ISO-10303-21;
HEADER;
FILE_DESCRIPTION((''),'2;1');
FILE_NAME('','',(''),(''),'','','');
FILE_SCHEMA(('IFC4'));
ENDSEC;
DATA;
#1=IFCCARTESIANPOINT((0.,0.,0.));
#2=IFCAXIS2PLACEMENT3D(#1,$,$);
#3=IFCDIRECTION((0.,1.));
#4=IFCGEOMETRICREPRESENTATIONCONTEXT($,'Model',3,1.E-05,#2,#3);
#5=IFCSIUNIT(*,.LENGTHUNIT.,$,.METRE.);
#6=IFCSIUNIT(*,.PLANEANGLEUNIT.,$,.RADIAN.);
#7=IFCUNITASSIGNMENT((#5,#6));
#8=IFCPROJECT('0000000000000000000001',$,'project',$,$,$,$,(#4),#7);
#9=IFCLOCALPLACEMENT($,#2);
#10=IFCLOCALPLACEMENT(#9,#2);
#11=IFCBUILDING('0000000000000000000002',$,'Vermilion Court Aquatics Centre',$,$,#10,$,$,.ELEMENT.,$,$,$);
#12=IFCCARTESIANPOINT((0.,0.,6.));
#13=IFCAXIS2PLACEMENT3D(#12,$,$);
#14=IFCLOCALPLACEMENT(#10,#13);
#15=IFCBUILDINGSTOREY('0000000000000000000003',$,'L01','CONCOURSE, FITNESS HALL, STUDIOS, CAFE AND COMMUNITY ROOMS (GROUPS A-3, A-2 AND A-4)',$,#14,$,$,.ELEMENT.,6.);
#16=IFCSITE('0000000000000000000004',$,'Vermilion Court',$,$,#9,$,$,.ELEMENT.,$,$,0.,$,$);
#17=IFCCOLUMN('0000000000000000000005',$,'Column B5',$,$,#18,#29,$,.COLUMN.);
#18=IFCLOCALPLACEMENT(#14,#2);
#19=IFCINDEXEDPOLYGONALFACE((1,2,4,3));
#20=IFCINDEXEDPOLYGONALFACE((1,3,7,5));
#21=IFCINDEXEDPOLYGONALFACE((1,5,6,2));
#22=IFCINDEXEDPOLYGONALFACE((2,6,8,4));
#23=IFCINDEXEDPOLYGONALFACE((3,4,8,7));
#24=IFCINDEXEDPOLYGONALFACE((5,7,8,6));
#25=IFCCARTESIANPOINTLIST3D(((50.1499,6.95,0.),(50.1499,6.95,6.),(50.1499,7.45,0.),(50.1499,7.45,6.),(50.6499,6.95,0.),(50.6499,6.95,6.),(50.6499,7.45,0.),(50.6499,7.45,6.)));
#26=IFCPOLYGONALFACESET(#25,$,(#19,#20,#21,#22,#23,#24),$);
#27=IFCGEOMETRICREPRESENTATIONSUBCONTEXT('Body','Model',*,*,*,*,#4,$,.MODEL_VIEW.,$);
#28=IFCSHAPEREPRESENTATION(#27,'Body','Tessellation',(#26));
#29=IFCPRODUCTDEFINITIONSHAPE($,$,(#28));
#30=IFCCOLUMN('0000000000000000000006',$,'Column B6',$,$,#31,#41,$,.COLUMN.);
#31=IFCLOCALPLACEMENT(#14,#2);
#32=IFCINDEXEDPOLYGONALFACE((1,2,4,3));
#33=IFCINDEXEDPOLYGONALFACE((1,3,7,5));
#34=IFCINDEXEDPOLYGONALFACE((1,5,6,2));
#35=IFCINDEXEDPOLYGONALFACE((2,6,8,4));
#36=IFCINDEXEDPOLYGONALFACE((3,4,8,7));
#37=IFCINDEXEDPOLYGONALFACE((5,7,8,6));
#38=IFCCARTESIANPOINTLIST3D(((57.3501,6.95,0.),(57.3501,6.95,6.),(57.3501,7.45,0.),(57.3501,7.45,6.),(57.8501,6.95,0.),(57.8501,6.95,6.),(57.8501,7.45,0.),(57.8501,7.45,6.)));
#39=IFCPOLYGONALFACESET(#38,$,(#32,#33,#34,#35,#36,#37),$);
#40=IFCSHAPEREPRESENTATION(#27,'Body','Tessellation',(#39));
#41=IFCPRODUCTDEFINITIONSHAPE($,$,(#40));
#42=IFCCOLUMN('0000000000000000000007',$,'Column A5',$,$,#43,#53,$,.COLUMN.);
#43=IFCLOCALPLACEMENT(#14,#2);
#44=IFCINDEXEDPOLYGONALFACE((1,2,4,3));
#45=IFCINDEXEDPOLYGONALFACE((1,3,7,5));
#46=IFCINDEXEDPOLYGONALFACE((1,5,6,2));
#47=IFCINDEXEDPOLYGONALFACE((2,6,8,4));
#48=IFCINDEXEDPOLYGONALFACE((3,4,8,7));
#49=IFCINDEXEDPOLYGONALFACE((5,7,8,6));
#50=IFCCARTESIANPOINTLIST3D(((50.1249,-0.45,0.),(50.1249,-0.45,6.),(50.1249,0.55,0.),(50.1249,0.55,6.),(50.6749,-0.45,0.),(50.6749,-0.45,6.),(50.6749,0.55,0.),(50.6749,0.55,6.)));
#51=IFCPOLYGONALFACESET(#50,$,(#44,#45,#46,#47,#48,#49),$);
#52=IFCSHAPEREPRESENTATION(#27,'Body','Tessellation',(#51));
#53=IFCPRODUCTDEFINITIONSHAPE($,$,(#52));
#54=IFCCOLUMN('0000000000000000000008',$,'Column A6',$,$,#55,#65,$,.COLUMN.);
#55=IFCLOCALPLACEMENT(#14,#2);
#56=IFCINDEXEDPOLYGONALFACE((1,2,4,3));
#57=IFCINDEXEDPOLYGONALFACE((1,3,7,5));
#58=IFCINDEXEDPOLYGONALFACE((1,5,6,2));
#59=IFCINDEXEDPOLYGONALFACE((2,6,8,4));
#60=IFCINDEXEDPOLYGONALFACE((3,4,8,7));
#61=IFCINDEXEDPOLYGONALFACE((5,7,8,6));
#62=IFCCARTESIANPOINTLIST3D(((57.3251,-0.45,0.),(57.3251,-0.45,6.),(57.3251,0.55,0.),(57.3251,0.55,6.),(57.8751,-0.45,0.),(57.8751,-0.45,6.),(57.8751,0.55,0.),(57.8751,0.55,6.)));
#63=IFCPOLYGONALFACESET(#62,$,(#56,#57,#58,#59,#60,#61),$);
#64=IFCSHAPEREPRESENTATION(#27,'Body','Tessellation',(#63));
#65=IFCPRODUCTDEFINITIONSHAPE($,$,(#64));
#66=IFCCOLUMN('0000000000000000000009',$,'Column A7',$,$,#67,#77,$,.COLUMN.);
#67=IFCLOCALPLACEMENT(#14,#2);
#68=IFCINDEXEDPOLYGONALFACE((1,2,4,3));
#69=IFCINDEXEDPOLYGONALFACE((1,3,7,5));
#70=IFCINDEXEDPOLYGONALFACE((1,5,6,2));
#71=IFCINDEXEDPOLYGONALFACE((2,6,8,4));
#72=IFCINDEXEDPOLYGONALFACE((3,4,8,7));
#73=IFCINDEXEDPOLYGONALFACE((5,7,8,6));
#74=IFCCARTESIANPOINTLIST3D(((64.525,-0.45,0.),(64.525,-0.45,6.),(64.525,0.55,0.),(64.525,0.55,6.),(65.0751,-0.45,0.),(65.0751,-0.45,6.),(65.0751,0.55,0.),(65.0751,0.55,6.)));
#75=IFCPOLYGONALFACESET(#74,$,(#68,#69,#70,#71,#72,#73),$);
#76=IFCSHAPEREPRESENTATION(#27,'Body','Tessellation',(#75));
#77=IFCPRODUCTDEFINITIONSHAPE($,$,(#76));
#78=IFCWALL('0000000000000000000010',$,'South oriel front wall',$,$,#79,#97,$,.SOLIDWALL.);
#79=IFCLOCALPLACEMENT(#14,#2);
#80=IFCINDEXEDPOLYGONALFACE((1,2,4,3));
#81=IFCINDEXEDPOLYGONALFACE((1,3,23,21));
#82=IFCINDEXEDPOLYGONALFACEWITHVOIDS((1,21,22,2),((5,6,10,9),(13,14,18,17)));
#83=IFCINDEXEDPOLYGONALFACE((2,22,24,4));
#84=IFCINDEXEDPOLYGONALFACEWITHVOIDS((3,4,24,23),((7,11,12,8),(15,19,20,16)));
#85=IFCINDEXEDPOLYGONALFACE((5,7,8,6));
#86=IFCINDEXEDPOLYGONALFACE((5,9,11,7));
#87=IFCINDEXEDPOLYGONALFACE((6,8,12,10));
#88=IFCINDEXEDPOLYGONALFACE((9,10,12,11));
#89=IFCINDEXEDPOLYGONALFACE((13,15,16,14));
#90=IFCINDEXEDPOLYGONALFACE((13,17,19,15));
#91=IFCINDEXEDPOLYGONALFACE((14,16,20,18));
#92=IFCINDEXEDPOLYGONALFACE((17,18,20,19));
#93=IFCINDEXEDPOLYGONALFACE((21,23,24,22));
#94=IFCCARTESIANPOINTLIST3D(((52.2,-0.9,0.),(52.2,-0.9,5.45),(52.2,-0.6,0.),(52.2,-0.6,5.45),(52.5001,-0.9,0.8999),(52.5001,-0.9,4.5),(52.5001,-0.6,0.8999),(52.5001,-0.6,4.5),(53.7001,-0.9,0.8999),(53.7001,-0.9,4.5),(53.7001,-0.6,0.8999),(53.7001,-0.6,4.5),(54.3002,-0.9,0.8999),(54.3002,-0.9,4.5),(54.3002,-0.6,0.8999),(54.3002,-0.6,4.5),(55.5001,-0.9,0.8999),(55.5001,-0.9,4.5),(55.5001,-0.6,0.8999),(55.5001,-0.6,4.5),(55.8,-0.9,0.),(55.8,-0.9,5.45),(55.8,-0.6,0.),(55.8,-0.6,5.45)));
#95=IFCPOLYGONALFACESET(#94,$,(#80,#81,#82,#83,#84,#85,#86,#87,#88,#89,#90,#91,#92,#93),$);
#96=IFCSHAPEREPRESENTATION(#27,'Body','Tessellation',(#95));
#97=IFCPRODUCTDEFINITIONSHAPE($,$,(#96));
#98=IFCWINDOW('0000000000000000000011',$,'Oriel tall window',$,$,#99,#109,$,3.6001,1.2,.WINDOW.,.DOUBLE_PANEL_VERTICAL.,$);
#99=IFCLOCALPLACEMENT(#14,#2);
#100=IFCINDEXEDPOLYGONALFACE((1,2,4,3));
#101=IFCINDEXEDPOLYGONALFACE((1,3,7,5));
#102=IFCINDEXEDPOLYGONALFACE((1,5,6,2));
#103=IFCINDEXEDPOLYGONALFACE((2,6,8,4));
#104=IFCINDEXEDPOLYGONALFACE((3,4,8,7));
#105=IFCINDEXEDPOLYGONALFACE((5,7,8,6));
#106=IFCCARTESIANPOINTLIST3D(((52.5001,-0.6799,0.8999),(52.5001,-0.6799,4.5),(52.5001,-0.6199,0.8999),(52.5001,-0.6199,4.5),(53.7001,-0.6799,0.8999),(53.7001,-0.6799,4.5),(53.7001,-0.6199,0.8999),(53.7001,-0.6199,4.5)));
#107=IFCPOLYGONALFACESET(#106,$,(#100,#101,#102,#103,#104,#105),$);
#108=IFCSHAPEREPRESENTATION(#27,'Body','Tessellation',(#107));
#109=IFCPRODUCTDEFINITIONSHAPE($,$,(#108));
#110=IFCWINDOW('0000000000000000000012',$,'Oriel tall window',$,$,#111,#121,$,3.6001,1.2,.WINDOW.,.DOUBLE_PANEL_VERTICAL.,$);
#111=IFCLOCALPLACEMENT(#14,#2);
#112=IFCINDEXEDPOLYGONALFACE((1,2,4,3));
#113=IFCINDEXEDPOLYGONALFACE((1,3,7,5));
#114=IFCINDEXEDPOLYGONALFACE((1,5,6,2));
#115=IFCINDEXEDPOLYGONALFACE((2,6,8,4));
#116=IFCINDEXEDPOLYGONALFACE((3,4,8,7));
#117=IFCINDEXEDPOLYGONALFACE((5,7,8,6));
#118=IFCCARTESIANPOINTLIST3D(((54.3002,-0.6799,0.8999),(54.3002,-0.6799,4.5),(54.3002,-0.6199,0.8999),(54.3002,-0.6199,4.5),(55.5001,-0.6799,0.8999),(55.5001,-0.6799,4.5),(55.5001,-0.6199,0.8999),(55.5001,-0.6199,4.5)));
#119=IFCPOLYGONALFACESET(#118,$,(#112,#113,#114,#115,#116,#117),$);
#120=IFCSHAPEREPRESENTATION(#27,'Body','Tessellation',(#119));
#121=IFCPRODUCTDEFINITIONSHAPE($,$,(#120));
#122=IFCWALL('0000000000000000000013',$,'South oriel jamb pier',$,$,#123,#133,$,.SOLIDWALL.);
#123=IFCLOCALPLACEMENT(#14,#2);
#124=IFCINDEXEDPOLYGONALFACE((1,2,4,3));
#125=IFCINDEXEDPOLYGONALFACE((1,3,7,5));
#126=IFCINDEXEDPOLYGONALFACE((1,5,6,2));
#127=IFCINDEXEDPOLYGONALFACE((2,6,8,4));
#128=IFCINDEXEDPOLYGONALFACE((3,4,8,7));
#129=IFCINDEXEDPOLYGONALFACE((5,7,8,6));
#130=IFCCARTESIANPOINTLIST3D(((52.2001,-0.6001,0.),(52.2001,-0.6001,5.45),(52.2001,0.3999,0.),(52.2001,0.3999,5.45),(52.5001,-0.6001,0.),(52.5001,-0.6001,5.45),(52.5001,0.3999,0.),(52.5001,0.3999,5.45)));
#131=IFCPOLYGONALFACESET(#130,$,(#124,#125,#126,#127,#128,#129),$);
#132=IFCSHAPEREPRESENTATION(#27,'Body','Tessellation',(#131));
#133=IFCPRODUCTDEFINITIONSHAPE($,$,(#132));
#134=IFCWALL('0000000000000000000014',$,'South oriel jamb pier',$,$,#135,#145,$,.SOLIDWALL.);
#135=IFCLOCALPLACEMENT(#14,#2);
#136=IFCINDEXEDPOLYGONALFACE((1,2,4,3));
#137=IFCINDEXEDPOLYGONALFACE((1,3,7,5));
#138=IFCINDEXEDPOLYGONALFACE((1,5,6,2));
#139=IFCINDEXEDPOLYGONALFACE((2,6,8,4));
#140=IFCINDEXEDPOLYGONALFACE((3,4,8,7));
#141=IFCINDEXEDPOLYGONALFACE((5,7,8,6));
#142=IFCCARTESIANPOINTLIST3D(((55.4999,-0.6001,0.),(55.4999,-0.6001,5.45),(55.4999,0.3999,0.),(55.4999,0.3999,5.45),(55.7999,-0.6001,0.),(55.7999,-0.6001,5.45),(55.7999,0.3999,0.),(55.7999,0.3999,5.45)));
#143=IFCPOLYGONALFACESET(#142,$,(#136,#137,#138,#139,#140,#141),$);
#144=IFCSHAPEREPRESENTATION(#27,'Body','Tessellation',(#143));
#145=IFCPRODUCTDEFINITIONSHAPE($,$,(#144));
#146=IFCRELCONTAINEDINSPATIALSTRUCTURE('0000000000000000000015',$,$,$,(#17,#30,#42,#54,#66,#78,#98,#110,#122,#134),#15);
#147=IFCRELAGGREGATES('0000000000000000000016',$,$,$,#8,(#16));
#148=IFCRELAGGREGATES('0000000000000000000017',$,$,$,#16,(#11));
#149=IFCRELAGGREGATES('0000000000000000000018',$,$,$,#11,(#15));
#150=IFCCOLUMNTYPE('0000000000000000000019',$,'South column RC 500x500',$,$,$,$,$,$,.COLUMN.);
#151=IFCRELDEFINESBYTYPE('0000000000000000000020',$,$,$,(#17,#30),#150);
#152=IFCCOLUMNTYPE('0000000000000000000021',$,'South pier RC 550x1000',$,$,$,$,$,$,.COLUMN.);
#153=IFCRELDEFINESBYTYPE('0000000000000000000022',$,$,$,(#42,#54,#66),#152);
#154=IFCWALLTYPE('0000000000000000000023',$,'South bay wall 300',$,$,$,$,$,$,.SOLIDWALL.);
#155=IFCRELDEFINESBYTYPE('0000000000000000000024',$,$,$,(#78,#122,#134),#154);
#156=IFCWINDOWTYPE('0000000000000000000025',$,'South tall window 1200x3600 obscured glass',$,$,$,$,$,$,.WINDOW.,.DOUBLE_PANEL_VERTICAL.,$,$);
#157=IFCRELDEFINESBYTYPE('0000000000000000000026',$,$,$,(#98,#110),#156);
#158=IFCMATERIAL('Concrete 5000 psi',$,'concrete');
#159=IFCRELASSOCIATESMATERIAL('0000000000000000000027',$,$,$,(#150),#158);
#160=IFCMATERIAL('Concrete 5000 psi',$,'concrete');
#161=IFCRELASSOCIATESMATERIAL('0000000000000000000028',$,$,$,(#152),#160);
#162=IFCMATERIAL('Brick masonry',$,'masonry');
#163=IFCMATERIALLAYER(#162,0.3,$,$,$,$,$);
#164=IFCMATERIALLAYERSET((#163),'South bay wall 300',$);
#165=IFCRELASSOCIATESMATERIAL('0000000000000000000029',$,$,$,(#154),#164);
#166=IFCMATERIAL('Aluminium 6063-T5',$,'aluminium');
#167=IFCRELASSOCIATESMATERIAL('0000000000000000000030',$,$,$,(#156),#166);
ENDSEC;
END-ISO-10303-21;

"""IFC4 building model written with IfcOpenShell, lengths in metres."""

from ifc_helpers import new_model, si_unit, direction, frame, frame_2d, origin, origin_2d, place, context, subcontext, project, spatial, rectangle, extrude, material, layer, layer_set, material_profile, profile_set, type_object, element, fill, save


model = new_model("IFC4")

# Units and contexts
model_context = context("Model", 3, precision=1e-05, world=origin(), true_north=direction((0.0, 1.0)))
body_context = subcontext(model_context, "Body", "Model", "MODEL_VIEW")
ifc_project = project(units=[si_unit("LENGTHUNIT", "METRE"), si_unit("PLANEANGLEUNIT", "RADIAN")], contexts=[model_context])

# Site, building, storey
site_placement = place(None, origin())
site = spatial("IfcSite", under=ifc_project, at=site_placement, Name="Vermilion Court", CompositionType="ELEMENT", RefElevation=0.0)
building_placement = place(site_placement, origin())
building = spatial("IfcBuilding", under=site, at=building_placement, Name="Vermilion Court Aquatics Centre", CompositionType="ELEMENT")
storey_placement = place(building_placement, frame((0.0, 0.0, 6.0)))
storey = spatial("IfcBuildingStorey", under=building, at=storey_placement, Name="L01", Description="CONCOURSE, FITNESS HALL, STUDIOS, CAFE AND COMMUNITY ROOMS (GROUPS A-3, A-2 AND A-4)", CompositionType="ELEMENT", Elevation=6.0)

# Columns
ifc_material_1 = material(Name="Concrete 5000 psi", Category="concrete")
ifc_material_profile_1 = material_profile(ifc_material_1, rectangle(XDim=0.5, YDim=0.5, at=origin_2d()), Name="RC 500x500")
ifc_profile_set_1 = profile_set([ifc_material_profile_1], Name="Concrete 5000 psi")
column_type_1 = type_object("IfcColumnType", Name="South column RC 500x500", PredefinedType="COLUMN", material=ifc_profile_set_1)
for number, where, z_axis, x_axis, name in (
    (1, (50.3999, 7.2, 0.0), (0.0, 0.0, 1.0), (1.0, 0.0, 0.0), "Column B5"),
    (2, (57.6001, 7.2, 0.0), (0.0, 0.0, 1.0), (1.0, 0.0, 0.0), "Column B6"),
):
    element("IfcColumn", number, at=place(storey_placement, frame(where, z_axis=z_axis, x_axis=x_axis)), inside=storey, type_object=column_type_1, Name=name, PredefinedType="COLUMN", context=body_context, shape_type="SweptSolid", body=[
        extrude(rectangle(XDim=0.5, YDim=0.5, at=origin_2d()), origin(), (0.0, 0.0, 1.0), 6.0),
    ])
ifc_material_2 = material(Name="Concrete 5000 psi", Category="concrete")
ifc_material_profile_2 = material_profile(ifc_material_2, rectangle(XDim=0.55, YDim=1.0, at=origin_2d()), Name="RC 550x1000")
ifc_profile_set_2 = profile_set([ifc_material_profile_2], Name="Concrete 5000 psi")
column_type_2 = type_object("IfcColumnType", Name="South pier RC 550x1000", PredefinedType="COLUMN", material=ifc_profile_set_2)
for number, where, z_axis, x_axis, name in (
    (3, (50.3999, 0.05, 0.0), (0.0, 0.0, 1.0), (1.0, 0.0, 0.0), "Column A5"),
    (4, (57.6001, 0.05, 0.0), (0.0, 0.0, 1.0), (1.0, 0.0, 0.0), "Column A6"),
    (5, (64.8, 0.05, 0.0), (0.0, 0.0, 1.0), (1.0, 0.0, 0.0), "Column A7"),
):
    element("IfcColumn", number, at=place(storey_placement, frame(where, z_axis=z_axis, x_axis=x_axis)), inside=storey, type_object=column_type_2, Name=name, PredefinedType="COLUMN", context=body_context, shape_type="SweptSolid", body=[
        extrude(rectangle(XDim=0.55, YDim=1.0, at=origin_2d()), origin(), (0.0, 0.0, 1.0), 6.0),
    ])

# Wall, openings, windows
ifc_material_3 = material(Name="Brick masonry", Category="masonry")
ifc_layer_1 = layer(ifc_material_3, 0.3)
ifc_layer_set_1 = layer_set([ifc_layer_1], Name="South bay wall 300")
wall_type_1 = type_object("IfcWallType", Name="South bay wall 300", PredefinedType="SOLIDWALL", material=ifc_layer_set_1)
wall_1_placement = place(storey_placement, frame((52.2, -0.75, 0.0), z_axis=(0.0, 0.0, 1.0), x_axis=(1.0, 0.0, 0.0)))
wall_1 = element("IfcWall", 6, at=wall_1_placement, inside=storey, type_object=wall_type_1, Name="South oriel front wall", PredefinedType="SOLIDWALL", context=body_context, shape_type="SweptSolid", body=[
    extrude(rectangle(XDim=3.6001, YDim=0.3, at=frame_2d((1.8, 0.0))), origin(), (0.0, 0.0, 1.0), 5.45),
])
opening_1_placement = place(wall_1_placement, frame((0.3, 0.0, 0.8999)))
opening_1 = element("IfcOpeningElement", 7, at=opening_1_placement, cuts=wall_1, PredefinedType="OPENING", context=body_context, shape_type="SweptSolid", body=[
    extrude(rectangle(XDim=1.2, YDim=3.6001, at=frame_2d((0.6001, 1.8))), frame((0.0, 0.1599, 0.0), z_axis=(0.0, -1.0, 0.0), x_axis=(1.0, 0.0, 0.0)), (0.0, 0.0, 1.0), 0.3201),
])
opening_2_placement = place(wall_1_placement, frame((2.1001, 0.0, 0.8999)))
opening_2 = element("IfcOpeningElement", 8, at=opening_2_placement, cuts=wall_1, PredefinedType="OPENING", context=body_context, shape_type="SweptSolid", body=[
    extrude(rectangle(XDim=1.2, YDim=3.6001, at=frame_2d((0.6001, 1.8))), frame((0.0, 0.1599, 0.0), z_axis=(0.0, -1.0, 0.0), x_axis=(1.0, 0.0, 0.0)), (0.0, 0.0, 1.0), 0.3201),
])
ifc_material_4 = material(Name="Aluminium 6063-T5", Category="aluminium")
window_type = type_object("IfcWindowType", Name="South tall window 1200x3600 obscured glass", PartitioningType="DOUBLE_PANEL_VERTICAL", PredefinedType="WINDOW", material=ifc_material_4)
window_1_placement = place(opening_1_placement, origin())
window_1 = element("IfcWindow", 9, at=window_1_placement, inside=storey, type_object=window_type, Name="Oriel tall window", OverallHeight=3.6001, OverallWidth=1.2, PartitioningType="DOUBLE_PANEL_VERTICAL", PredefinedType="WINDOW", context=body_context, shape_type="SweptSolid", body=[
    extrude(rectangle(XDim=1.2, YDim=3.6001, at=frame_2d((0.6001, 1.8))), frame((0.0, 0.1301, 0.0), z_axis=(0.0, -1.0, 0.0), x_axis=(1.0, 0.0, 0.0)), (0.0, 0.0, 1.0), 0.0601),
])
fill(opening_1, window_1)
window_2_placement = place(opening_2_placement, origin())
window_2 = element("IfcWindow", 10, at=window_2_placement, inside=storey, type_object=window_type, Name="Oriel tall window", OverallHeight=3.6001, OverallWidth=1.2, PartitioningType="DOUBLE_PANEL_VERTICAL", PredefinedType="WINDOW", context=body_context, shape_type="SweptSolid", body=[
    extrude(rectangle(XDim=1.2, YDim=3.6001, at=frame_2d((0.6001, 1.8))), frame((0.0, 0.1301, 0.0), z_axis=(0.0, -1.0, 0.0), x_axis=(1.0, 0.0, 0.0)), (0.0, 0.0, 1.0), 0.0601),
])
fill(opening_2, window_2)

# Walls
for number, where, z_axis, x_axis, name in (
    (11, (52.3501, -0.6001, 0.0), (0.0, 0.0, 1.0), (0.0, 1.0, 0.0), "South oriel jamb pier"),
    (12, (55.6499, -0.6001, 0.0), (0.0, 0.0, 1.0), (0.0, 1.0, 0.0), "South oriel jamb pier"),
):
    element("IfcWall", number, at=place(storey_placement, frame(where, z_axis=z_axis, x_axis=x_axis)), inside=storey, type_object=wall_type_1, Name=name, PredefinedType="SOLIDWALL", context=body_context, shape_type="SweptSolid", body=[
        extrude(rectangle(XDim=1.0, YDim=0.3, at=frame_2d((0.5, 0.0))), origin(), (0.0, 0.0, 1.0), 5.45),
    ])

save(model, "model.ifc")
